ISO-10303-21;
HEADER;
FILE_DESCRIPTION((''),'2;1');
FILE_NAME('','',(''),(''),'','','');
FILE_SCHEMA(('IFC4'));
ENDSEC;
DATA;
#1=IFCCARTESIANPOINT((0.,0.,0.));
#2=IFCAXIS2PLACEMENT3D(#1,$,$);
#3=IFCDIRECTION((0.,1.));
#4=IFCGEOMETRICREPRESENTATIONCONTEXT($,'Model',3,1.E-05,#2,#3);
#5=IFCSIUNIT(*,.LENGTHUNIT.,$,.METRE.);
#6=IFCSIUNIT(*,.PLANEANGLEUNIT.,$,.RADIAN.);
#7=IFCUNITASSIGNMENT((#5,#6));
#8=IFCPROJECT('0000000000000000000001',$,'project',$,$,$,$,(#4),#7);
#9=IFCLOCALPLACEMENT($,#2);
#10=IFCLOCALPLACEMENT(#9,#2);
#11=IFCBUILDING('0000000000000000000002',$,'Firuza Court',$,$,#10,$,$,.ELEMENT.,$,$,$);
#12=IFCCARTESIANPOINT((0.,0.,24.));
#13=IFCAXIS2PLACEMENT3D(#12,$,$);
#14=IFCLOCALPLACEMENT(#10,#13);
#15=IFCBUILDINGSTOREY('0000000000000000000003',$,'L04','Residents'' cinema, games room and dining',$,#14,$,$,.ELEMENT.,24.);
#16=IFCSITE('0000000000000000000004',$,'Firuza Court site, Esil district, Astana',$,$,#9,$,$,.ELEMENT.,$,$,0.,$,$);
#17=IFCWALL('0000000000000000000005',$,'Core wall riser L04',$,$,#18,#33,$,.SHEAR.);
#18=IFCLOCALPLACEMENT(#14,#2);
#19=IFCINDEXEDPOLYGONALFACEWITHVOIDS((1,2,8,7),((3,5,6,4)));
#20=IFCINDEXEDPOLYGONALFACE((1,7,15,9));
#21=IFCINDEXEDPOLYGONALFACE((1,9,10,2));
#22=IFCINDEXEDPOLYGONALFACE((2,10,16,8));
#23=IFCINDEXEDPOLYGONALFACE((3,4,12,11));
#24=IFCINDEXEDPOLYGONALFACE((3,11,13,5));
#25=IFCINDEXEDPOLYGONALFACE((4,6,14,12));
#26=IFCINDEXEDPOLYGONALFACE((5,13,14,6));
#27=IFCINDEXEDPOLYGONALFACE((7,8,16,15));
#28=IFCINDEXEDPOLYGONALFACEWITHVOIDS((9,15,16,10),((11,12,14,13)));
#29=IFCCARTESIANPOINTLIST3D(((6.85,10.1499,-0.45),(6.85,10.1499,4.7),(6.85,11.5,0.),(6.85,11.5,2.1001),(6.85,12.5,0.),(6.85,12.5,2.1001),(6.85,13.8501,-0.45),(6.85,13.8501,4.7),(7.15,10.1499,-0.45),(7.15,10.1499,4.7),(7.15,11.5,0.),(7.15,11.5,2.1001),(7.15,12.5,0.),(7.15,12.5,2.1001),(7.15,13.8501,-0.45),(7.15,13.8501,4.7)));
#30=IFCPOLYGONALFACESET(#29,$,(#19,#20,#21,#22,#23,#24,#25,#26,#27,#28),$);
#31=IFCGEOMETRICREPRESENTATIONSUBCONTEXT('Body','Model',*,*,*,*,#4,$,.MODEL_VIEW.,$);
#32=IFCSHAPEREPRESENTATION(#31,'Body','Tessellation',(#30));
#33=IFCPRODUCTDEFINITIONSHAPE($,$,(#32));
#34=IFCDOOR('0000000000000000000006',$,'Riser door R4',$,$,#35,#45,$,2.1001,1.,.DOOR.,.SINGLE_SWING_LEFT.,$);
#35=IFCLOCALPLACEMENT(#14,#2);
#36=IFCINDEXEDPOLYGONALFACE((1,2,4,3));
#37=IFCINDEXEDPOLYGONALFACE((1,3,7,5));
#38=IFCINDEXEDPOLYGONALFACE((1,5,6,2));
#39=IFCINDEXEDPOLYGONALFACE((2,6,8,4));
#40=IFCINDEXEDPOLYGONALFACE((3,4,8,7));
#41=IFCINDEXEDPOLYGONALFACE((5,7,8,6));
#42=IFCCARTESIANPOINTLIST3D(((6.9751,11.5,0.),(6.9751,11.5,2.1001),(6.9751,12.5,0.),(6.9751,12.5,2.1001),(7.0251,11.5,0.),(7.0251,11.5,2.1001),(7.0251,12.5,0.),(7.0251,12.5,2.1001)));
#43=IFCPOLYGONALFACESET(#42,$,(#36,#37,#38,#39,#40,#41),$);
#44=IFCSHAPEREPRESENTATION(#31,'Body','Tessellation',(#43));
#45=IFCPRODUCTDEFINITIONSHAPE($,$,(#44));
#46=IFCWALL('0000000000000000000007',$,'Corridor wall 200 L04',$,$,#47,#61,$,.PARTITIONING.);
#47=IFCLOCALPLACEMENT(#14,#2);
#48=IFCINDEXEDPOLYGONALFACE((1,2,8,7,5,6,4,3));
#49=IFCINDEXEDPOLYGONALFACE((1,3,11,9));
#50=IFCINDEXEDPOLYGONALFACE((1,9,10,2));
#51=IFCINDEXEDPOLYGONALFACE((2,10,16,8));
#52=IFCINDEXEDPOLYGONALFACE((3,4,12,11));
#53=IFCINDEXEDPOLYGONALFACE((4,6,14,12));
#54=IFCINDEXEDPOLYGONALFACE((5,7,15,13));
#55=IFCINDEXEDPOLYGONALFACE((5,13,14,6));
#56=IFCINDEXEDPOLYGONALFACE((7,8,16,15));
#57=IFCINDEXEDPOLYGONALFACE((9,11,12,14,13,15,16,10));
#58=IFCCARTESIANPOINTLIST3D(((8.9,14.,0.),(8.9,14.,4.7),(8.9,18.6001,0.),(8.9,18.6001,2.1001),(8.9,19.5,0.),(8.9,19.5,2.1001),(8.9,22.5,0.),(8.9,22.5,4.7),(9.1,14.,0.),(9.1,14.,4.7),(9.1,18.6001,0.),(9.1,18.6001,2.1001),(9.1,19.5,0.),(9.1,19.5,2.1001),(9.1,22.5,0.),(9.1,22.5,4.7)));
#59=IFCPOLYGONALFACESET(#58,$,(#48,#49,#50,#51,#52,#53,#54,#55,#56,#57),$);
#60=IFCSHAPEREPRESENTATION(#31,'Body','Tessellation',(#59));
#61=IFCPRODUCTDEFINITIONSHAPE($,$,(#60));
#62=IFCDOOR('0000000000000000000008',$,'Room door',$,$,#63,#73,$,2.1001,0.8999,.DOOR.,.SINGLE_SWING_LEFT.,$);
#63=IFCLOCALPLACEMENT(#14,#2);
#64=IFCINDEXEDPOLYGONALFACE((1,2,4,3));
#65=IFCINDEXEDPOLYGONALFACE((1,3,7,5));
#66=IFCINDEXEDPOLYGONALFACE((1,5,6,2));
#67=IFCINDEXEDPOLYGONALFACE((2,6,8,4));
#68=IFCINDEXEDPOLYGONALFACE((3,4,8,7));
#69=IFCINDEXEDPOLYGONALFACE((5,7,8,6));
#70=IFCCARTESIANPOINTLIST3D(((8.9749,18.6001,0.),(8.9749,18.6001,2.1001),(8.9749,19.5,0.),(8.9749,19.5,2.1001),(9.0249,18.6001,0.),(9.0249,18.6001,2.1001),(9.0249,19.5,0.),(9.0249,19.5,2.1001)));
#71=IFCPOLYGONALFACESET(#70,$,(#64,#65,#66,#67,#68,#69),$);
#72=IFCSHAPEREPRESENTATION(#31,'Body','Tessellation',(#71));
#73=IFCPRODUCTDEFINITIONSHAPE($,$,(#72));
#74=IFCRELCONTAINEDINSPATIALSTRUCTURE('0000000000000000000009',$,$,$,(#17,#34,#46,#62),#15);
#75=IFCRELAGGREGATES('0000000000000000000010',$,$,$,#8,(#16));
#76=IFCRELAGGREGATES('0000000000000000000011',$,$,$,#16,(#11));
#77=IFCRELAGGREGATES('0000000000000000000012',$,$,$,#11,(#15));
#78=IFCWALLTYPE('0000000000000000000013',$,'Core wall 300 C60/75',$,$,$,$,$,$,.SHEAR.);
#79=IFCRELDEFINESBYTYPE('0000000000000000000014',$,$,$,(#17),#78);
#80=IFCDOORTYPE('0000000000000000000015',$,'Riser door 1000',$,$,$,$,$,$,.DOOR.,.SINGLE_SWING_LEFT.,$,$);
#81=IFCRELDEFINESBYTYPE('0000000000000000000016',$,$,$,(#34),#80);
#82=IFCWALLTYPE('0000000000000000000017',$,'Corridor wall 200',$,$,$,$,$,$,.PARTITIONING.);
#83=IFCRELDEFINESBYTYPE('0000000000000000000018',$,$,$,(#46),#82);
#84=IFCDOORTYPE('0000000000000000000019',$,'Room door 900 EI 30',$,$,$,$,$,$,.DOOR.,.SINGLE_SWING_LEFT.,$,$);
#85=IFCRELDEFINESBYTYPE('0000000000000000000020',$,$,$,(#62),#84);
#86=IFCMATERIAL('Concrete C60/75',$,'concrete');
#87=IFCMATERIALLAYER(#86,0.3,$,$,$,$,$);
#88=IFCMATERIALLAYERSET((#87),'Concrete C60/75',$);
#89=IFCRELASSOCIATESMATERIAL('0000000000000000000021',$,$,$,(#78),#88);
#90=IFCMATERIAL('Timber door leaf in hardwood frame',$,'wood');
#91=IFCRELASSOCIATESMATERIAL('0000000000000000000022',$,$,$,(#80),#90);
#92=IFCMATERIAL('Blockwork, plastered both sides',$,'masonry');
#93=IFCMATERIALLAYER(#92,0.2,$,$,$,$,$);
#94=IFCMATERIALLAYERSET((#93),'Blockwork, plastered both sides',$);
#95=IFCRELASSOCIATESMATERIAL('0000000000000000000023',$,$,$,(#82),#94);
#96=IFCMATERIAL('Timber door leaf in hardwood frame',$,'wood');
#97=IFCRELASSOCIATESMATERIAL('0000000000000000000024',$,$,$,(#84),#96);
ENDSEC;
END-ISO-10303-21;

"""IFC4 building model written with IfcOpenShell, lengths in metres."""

from ifc_helpers import new_model, si_unit, direction, frame, frame_2d, origin, place, context, subcontext, project, spatial, rectangle, extrude, material, layer, layer_set, type_object, element, fill, save


model = new_model("IFC4")

# Units and contexts
model_context = context("Model", 3, precision=1e-05, world=origin(), true_north=direction((0.0, 1.0)))
body_context = subcontext(model_context, "Body", "Model", "MODEL_VIEW")
ifc_project = project(units=[si_unit("LENGTHUNIT", "METRE"), si_unit("PLANEANGLEUNIT", "RADIAN")], contexts=[model_context])

# Site, building, storey
site_placement = place(None, origin())
site = spatial("IfcSite", under=ifc_project, at=site_placement, Name="Firuza Court site, Esil district, Astana", CompositionType="ELEMENT", RefElevation=0.0)
building_placement = place(site_placement, origin())
building = spatial("IfcBuilding", under=site, at=building_placement, Name="Firuza Court", CompositionType="ELEMENT")
storey_placement = place(building_placement, frame((0.0, 0.0, 24.0)))
storey = spatial("IfcBuildingStorey", under=building, at=storey_placement, Name="L04", Description="Residents' cinema, games room and dining", CompositionType="ELEMENT", Elevation=24.0)

# Walls, openings, doors
ifc_material_1 = material(Name="Concrete C60/75", Category="concrete")
ifc_layer_1 = layer(ifc_material_1, 0.3)
ifc_layer_set_1 = layer_set([ifc_layer_1], Name="Concrete C60/75")
wall_type_1 = type_object("IfcWallType", Name="Core wall 300 C60/75", PredefinedType="SHEAR", material=ifc_layer_set_1)
wall_1_placement = place(storey_placement, frame((7.0, 10.1499, -0.45), z_axis=(0.0, 0.0, 1.0), x_axis=(0.0, 1.0, 0.0)))
wall_1 = element("IfcWall", 1, at=wall_1_placement, inside=storey, type_object=wall_type_1, Name="Core wall riser L04", PredefinedType="SHEAR", context=body_context, shape_type="SweptSolid", body=[
    extrude(rectangle(XDim=3.7002, YDim=0.3, at=frame_2d((1.8501, 0.0))), origin(), (0.0, 0.0, 1.0), 5.1499),
])
opening_1_placement = place(wall_1_placement, frame((1.3501, 0.0, 0.45)))
opening_1 = element("IfcOpeningElement", 2, at=opening_1_placement, cuts=wall_1, PredefinedType="OPENING", context=body_context, shape_type="SweptSolid", body=[
    extrude(rectangle(XDim=1.0, YDim=2.1001, at=frame_2d((0.5, 1.05))), frame((0.0, 0.1621, 0.0), z_axis=(0.0, -1.0, 0.0), x_axis=(1.0, 0.0, 0.0)), (0.0, 0.0, 1.0), 0.324),
])
ifc_material_2 = material(Name="Timber door leaf in hardwood frame", Category="wood")
door_type_1 = type_object("IfcDoorType", Name="Riser door 1000", OperationType="SINGLE_SWING_LEFT", PredefinedType="DOOR", material=ifc_material_2)
door_1_placement = place(opening_1_placement, origin())
door_1 = element("IfcDoor", 3, at=door_1_placement, inside=storey, type_object=door_type_1, Name="Riser door R4", OperationType="SINGLE_SWING_LEFT", OverallHeight=2.1001, OverallWidth=1.0, PredefinedType="DOOR", context=body_context, shape_type="SweptSolid", body=[
    extrude(rectangle(XDim=1.0, YDim=2.1001, at=frame_2d((0.5, 1.05))), frame((0.0, 0.0249, 0.0), z_axis=(0.0, -1.0, 0.0), x_axis=(1.0, 0.0, 0.0)), (0.0, 0.0, 1.0), 0.05),
])
fill(opening_1, door_1)
ifc_material_3 = material(Name="Blockwork, plastered both sides", Category="masonry")
ifc_layer_2 = layer(ifc_material_3, 0.2)
ifc_layer_set_2 = layer_set([ifc_layer_2], Name="Blockwork, plastered both sides")
wall_type_2 = type_object("IfcWallType", Name="Corridor wall 200", PredefinedType="PARTITIONING", material=ifc_layer_set_2)
wall_2_placement = place(storey_placement, frame((9.0, 14.0, 0.0), z_axis=(0.0, 0.0, 1.0), x_axis=(0.0, 1.0, 0.0)))
wall_2 = element("IfcWall", 4, at=wall_2_placement, inside=storey, type_object=wall_type_2, Name="Corridor wall 200 L04", PredefinedType="PARTITIONING", context=body_context, shape_type="SweptSolid", body=[
    extrude(rectangle(XDim=8.5, YDim=0.2, at=frame_2d((4.25, 0.0))), origin(), (0.0, 0.0, 1.0), 4.7),
])
opening_2_placement = place(wall_2_placement, frame((4.6001, 0.0, 0.0)))
opening_2 = element("IfcOpeningElement", 5, at=opening_2_placement, cuts=wall_2, PredefinedType="OPENING", context=body_context, shape_type="SweptSolid", body=[
    extrude(rectangle(XDim=0.8999, YDim=2.1001, at=frame_2d((0.45, 1.05))), frame((0.0, 0.1118, 0.0), z_axis=(0.0, -1.0, 0.0), x_axis=(1.0, 0.0, 0.0)), (0.0, 0.0, 1.0), 0.2239),
])
ifc_material_4 = material(Name="Timber door leaf in hardwood frame", Category="wood")
door_type_2 = type_object("IfcDoorType", Name="Room door 900 EI 30", OperationType="SINGLE_SWING_LEFT", PredefinedType="DOOR", material=ifc_material_4)
door_2_placement = place(opening_2_placement, frame((0.8999, 0.0, 0.0), z_axis=(0.0, 0.0, 1.0), x_axis=(-1.0, 0.0, 0.0)))
door_2 = element("IfcDoor", 6, at=door_2_placement, inside=storey, type_object=door_type_2, Name="Room door", OperationType="SINGLE_SWING_LEFT", OverallHeight=2.1001, OverallWidth=0.8999, PredefinedType="DOOR", context=body_context, shape_type="SweptSolid", body=[
    extrude(rectangle(XDim=0.8999, YDim=2.1001, at=frame_2d((0.45, 1.05))), frame((0.0, 0.0249, 0.0), z_axis=(0.0, -1.0, 0.0), x_axis=(1.0, 0.0, 0.0)), (0.0, 0.0, 1.0), 0.05),
])
fill(opening_2, door_2)

save(model, "model.ifc")
